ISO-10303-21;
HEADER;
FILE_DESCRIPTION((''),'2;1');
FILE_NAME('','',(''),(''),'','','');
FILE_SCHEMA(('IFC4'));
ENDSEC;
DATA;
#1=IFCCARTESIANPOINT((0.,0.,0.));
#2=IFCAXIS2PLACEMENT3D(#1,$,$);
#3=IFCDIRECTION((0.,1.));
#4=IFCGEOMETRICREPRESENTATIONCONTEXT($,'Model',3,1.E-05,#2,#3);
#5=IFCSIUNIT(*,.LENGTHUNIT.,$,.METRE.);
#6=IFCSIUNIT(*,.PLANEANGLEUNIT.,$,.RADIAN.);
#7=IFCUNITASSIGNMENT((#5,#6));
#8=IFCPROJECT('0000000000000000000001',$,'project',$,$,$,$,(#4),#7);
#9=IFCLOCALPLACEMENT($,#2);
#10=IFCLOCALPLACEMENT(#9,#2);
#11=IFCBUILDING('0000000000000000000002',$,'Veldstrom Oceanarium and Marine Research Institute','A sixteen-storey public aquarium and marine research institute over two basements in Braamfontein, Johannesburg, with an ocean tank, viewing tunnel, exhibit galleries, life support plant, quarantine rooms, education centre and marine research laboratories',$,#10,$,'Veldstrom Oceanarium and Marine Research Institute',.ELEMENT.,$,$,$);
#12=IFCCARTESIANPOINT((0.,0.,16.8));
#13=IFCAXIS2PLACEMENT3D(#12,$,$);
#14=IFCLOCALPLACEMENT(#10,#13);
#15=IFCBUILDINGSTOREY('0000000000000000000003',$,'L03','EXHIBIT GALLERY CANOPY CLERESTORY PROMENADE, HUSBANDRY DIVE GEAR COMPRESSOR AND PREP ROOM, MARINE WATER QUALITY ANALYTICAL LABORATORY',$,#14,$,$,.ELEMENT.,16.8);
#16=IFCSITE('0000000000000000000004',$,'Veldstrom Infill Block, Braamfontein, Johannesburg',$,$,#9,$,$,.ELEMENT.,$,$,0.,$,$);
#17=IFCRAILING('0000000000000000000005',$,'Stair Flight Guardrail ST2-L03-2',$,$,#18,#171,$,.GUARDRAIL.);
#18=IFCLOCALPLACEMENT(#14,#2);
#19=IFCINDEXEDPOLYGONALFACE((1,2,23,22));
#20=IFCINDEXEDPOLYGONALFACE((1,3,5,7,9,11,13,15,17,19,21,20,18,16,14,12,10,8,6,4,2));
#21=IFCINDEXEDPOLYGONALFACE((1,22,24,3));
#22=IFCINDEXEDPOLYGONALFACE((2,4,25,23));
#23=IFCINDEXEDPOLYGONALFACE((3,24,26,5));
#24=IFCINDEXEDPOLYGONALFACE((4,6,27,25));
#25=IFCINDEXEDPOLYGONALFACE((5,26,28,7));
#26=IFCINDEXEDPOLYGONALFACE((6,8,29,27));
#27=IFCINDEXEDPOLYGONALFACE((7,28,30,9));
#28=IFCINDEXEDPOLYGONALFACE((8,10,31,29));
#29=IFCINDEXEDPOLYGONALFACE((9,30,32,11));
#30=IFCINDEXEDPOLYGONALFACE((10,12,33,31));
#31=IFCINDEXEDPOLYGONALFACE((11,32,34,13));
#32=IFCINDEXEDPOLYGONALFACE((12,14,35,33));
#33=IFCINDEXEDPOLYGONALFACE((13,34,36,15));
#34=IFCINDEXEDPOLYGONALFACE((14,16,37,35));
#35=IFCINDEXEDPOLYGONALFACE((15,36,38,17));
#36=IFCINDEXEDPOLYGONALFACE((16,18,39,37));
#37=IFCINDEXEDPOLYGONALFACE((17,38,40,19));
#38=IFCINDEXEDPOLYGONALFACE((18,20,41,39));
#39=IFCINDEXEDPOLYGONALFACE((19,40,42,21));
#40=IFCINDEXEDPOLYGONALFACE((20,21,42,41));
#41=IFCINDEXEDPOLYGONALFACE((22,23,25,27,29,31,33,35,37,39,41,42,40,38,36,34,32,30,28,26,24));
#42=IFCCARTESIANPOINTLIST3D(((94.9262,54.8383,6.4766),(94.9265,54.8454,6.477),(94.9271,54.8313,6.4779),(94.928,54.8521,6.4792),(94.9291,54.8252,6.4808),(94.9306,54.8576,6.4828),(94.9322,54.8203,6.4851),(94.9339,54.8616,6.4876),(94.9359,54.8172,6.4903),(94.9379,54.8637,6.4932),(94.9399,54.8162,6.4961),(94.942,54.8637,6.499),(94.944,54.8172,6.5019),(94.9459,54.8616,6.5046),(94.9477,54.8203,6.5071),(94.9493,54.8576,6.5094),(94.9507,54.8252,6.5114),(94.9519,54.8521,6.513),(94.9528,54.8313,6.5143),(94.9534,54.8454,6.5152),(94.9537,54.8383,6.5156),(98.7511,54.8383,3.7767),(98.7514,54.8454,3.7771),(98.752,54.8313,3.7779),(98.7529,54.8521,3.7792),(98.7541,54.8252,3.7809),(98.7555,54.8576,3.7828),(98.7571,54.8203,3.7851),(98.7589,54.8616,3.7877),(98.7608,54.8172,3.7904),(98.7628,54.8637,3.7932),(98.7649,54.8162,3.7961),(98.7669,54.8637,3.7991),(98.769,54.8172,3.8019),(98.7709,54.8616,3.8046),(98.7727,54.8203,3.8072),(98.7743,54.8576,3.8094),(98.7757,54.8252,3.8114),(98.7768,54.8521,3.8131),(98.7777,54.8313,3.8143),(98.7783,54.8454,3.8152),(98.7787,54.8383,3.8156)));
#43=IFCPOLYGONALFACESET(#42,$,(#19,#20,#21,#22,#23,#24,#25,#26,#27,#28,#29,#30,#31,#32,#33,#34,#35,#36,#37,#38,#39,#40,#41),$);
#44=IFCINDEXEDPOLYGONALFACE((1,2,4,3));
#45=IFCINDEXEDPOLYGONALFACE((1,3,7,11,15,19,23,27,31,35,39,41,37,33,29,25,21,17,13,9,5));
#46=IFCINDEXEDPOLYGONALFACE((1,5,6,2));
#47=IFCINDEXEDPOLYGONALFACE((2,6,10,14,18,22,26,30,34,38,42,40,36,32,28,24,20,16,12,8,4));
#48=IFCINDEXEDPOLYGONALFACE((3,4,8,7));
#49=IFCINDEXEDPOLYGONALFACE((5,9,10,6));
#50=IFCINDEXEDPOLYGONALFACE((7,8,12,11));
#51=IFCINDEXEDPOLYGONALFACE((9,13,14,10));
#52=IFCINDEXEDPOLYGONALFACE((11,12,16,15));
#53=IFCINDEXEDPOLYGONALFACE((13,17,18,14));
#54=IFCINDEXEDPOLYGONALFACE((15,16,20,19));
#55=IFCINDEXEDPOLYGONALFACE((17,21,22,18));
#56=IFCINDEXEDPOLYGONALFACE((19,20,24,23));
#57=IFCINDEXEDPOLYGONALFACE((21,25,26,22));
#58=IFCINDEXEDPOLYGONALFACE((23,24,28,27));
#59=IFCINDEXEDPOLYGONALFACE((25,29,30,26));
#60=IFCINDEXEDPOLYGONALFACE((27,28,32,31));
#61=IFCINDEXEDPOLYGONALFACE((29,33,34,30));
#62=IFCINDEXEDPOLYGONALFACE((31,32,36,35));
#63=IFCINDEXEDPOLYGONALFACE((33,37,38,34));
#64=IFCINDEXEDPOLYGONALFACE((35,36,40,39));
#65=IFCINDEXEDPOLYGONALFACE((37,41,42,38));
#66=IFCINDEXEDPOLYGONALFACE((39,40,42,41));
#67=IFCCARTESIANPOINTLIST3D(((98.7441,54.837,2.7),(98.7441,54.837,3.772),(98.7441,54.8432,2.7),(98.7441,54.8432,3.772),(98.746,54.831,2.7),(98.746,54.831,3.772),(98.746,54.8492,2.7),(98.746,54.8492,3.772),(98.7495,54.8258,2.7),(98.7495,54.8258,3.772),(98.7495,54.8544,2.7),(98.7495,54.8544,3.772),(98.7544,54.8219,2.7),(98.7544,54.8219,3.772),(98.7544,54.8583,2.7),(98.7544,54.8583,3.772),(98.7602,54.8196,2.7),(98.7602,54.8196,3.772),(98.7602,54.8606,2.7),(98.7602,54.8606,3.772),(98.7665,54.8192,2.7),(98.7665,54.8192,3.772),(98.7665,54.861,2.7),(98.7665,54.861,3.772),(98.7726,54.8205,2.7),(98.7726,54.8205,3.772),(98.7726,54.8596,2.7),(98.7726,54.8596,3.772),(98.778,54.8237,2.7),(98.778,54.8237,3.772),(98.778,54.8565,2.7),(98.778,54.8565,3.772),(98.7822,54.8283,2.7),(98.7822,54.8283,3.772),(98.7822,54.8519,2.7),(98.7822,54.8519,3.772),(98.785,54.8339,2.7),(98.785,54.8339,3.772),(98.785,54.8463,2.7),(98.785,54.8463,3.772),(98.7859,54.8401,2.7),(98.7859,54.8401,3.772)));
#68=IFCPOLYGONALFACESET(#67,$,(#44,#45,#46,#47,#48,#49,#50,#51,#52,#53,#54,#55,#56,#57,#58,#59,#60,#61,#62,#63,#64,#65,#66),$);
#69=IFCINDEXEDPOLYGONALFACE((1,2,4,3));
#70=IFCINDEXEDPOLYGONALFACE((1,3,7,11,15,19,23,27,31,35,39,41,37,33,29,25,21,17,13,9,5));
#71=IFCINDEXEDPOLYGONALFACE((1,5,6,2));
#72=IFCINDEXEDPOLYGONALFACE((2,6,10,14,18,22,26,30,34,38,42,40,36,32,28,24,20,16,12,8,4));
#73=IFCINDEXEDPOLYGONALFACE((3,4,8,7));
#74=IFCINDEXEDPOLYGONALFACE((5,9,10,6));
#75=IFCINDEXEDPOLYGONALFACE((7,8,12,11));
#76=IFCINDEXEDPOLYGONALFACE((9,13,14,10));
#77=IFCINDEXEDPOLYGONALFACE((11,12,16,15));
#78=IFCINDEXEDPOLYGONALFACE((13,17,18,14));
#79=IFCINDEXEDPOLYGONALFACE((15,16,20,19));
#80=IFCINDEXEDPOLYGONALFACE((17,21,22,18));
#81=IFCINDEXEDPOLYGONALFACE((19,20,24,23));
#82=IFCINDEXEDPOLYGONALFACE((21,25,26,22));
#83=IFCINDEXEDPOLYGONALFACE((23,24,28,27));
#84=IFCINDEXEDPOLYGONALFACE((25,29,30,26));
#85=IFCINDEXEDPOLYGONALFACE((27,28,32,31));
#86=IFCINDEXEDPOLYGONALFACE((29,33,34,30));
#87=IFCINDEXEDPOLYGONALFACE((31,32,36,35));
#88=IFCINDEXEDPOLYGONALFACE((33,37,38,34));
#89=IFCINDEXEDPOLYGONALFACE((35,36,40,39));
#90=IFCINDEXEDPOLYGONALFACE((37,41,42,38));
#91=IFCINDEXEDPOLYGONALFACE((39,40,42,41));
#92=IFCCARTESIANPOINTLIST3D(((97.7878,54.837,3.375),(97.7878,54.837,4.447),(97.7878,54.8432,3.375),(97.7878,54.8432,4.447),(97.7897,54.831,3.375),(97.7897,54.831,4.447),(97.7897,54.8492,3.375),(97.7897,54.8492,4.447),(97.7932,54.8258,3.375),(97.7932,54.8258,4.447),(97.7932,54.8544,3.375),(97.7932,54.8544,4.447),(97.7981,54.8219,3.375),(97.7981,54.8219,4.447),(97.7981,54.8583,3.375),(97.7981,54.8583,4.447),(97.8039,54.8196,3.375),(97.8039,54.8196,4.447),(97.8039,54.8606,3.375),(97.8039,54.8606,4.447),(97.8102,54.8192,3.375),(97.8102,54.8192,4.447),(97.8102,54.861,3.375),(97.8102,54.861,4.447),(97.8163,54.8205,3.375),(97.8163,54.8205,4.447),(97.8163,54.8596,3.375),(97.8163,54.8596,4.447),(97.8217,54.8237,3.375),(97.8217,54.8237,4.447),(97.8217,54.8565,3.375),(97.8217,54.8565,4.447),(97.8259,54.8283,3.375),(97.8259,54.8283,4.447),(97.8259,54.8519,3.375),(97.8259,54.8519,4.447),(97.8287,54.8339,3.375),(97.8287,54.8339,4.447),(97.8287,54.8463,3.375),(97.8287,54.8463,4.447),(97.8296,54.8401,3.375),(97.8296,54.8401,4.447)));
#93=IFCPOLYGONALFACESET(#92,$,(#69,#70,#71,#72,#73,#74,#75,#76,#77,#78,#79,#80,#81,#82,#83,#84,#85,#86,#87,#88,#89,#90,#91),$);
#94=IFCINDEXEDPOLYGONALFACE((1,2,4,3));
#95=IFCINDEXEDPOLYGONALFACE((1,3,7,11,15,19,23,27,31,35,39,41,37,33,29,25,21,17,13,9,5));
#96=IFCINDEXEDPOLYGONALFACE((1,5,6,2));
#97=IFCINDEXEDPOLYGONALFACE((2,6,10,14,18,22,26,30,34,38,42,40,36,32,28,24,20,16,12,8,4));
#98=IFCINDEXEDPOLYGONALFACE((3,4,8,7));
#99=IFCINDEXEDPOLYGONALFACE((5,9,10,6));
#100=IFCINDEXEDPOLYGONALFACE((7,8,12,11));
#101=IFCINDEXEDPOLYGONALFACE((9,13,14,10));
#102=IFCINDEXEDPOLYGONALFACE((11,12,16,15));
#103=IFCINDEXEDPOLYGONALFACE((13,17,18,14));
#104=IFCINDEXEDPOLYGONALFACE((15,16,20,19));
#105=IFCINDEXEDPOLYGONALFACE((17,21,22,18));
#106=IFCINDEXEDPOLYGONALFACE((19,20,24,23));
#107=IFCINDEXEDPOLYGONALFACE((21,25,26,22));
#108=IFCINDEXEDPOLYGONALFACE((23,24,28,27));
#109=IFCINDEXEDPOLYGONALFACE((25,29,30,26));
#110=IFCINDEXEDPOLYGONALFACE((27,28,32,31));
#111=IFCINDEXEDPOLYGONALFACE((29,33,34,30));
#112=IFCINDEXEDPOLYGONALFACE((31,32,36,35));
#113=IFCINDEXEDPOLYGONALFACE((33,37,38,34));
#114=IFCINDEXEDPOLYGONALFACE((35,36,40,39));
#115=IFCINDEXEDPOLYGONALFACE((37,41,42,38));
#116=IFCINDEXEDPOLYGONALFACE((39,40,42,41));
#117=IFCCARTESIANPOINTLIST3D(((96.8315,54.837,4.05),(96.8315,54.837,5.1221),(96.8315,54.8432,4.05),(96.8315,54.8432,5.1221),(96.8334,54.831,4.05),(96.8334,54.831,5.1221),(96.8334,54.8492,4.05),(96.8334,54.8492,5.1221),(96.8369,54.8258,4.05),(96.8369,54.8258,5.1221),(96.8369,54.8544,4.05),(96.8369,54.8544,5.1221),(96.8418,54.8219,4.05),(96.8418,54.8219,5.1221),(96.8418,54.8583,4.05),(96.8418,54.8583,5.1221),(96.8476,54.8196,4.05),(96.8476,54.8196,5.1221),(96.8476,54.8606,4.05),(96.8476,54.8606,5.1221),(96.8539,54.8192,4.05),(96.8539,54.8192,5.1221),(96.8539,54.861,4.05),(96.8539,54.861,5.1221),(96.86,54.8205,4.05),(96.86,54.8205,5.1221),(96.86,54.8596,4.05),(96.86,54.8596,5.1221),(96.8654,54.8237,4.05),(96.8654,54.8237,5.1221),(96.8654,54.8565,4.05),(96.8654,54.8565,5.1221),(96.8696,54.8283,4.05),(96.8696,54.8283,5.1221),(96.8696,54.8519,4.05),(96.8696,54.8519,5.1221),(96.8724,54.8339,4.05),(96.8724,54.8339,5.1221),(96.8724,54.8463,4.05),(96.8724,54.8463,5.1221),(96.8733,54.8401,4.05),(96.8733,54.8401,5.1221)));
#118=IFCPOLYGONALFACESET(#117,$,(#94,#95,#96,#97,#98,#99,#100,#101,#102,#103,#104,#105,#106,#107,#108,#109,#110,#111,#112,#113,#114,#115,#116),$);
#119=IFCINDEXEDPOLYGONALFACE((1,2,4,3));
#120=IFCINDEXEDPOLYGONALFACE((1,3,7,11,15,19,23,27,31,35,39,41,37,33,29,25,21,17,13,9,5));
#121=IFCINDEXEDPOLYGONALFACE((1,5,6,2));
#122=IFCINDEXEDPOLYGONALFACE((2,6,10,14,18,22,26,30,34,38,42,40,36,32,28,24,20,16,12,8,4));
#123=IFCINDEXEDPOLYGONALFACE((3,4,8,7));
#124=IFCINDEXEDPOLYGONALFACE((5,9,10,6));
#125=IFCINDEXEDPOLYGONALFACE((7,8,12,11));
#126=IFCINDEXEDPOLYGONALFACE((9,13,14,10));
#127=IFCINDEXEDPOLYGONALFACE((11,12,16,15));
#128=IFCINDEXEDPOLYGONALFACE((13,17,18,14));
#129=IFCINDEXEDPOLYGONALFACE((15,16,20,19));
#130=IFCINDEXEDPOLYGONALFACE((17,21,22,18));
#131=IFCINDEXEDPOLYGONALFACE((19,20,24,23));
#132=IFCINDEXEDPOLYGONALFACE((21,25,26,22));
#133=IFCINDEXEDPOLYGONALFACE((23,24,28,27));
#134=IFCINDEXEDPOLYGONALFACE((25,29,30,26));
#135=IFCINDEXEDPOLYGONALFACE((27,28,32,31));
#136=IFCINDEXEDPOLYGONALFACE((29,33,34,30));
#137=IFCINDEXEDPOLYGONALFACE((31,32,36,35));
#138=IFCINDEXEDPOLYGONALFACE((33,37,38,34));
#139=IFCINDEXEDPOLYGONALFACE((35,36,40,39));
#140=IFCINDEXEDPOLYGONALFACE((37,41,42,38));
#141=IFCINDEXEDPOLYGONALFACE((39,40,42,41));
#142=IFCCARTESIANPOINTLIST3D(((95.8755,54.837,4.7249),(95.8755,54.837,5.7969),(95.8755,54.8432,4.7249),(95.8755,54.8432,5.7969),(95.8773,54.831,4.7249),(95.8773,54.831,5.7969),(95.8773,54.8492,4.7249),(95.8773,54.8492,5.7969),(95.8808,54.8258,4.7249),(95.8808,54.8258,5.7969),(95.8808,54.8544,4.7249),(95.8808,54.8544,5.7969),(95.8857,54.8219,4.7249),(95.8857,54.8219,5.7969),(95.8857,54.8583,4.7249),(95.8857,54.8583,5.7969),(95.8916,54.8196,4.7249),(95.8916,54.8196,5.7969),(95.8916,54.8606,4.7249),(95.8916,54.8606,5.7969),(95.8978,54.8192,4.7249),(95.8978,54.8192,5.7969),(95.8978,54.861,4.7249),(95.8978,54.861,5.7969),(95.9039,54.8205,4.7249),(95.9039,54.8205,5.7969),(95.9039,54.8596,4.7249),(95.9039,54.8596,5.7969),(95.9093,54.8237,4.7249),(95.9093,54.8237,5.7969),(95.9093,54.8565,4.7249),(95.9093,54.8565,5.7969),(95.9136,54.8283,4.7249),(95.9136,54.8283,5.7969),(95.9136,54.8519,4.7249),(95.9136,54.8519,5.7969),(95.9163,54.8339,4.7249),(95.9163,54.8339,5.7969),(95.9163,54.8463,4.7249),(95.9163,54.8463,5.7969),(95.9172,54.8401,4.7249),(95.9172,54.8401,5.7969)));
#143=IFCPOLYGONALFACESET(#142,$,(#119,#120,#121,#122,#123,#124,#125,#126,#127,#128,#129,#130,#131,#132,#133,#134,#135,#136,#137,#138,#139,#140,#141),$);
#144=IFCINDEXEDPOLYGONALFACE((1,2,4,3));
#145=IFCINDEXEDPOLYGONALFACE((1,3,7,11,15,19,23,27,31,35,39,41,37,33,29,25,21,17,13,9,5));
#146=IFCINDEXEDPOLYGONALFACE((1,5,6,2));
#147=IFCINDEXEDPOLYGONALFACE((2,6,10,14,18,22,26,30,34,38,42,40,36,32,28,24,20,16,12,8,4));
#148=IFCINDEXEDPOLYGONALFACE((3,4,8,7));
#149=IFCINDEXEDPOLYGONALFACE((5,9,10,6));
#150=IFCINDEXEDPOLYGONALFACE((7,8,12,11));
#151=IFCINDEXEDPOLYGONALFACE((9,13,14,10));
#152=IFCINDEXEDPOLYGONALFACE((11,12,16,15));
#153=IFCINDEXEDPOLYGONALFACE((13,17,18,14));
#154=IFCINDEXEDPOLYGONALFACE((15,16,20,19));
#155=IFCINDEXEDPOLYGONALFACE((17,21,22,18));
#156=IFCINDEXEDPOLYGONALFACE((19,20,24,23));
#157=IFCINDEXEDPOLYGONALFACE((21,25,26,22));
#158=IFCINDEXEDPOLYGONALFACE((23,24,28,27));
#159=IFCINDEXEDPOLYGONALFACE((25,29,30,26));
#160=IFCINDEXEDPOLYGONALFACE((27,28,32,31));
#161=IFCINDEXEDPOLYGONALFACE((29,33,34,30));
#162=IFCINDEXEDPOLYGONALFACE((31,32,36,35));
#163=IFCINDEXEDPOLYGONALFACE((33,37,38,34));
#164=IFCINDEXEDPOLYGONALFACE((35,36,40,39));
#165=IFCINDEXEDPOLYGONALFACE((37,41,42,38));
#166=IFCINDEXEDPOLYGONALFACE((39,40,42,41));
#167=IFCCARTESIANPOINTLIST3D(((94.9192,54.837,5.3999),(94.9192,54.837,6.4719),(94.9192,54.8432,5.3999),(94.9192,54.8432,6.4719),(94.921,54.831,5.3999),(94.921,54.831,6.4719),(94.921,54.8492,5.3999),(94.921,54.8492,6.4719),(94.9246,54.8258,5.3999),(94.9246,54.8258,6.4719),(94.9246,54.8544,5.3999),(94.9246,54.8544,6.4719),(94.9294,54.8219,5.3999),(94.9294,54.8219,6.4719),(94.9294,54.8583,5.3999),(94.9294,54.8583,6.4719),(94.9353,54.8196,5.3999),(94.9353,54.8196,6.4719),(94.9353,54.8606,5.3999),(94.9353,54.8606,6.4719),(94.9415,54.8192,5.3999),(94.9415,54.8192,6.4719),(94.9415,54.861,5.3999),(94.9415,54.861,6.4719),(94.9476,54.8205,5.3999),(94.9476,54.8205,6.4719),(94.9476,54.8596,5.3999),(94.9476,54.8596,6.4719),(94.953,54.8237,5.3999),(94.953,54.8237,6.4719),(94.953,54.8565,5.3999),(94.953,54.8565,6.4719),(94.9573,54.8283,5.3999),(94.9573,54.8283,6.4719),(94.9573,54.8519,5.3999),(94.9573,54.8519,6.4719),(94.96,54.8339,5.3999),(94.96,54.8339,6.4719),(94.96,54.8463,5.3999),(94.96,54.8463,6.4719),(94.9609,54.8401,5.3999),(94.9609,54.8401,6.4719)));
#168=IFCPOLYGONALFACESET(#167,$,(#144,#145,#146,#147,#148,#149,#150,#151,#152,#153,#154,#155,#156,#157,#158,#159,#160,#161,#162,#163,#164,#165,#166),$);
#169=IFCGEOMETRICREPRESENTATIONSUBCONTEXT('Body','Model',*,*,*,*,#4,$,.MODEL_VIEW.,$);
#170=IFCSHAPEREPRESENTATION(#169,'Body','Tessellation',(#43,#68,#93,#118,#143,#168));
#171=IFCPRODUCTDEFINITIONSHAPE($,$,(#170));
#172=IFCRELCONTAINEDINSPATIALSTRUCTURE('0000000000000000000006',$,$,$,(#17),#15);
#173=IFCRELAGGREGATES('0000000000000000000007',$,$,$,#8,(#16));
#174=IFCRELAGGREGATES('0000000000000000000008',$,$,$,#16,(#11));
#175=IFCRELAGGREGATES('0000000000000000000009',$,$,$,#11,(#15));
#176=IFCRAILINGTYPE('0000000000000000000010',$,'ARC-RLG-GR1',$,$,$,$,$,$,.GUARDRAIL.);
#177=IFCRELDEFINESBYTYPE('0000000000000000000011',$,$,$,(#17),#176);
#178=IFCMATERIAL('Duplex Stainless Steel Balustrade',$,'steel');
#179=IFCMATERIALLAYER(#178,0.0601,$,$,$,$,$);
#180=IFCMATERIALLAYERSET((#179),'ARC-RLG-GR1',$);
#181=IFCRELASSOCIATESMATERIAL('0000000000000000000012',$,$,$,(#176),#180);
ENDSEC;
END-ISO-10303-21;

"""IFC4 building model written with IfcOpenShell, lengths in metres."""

from ifc_helpers import new_model, si_unit, direction, frame, origin, origin_2d, place, context, subcontext, project, spatial, circle, extrude, material, layer, layer_set, type_object, element, save


model = new_model("IFC4")

# Units and contexts
model_context = context("Model", 3, precision=1e-05, world=origin(), true_north=direction((0.0, 1.0)))
body_context = subcontext(model_context, "Body", "Model", "MODEL_VIEW")
ifc_project = project(units=[si_unit("LENGTHUNIT", "METRE"), si_unit("PLANEANGLEUNIT", "RADIAN")], contexts=[model_context])

# Site, building, storey
site_placement = place(None, origin())
site = spatial("IfcSite", under=ifc_project, at=site_placement, Name="Veldstrom Infill Block, Braamfontein, Johannesburg", CompositionType="ELEMENT", RefElevation=0.0)
building_placement = place(site_placement, origin())
building = spatial("IfcBuilding", under=site, at=building_placement, Name="Veldstrom Oceanarium and Marine Research Institute", Description="A sixteen-storey public aquarium and marine research institute over two basements in Braamfontein, Johannesburg, with an ocean tank, viewing tunnel, exhibit galleries, life support plant, quarantine rooms, education centre and marine research laboratories", LongName="Veldstrom Oceanarium and Marine Research Institute", CompositionType="ELEMENT")
storey_placement = place(building_placement, frame((0.0, 0.0, 16.8)))
storey = spatial("IfcBuildingStorey", under=building, at=storey_placement, Name="L03", Description="EXHIBIT GALLERY CANOPY CLERESTORY PROMENADE, HUSBANDRY DIVE GEAR COMPRESSOR AND PREP ROOM, MARINE WATER QUALITY ANALYTICAL LABORATORY", CompositionType="ELEMENT", Elevation=16.8)

# Railing
ifc_material_1 = material(Name="Duplex Stainless Steel Balustrade", Category="steel")
ifc_layer_1 = layer(ifc_material_1, 0.0601)
ifc_layer_set_1 = layer_set([ifc_layer_1], Name="ARC-RLG-GR1")
railing_type_1 = type_object("IfcRailingType", Name="ARC-RLG-GR1", PredefinedType="GUARDRAIL", material=ifc_layer_set_1)
railing_1_placement = place(storey_placement, frame((98.7649, 54.8401, 2.7)))
element("IfcRailing", 1, at=railing_1_placement, inside=storey, type_object=railing_type_1, Name="Stair Flight Guardrail ST2-L03-2", PredefinedType="GUARDRAIL", context=body_context, shape_type="SweptSolid", body=[
    extrude(circle(Radius=0.0239, at=origin_2d()), frame((0.0, 0.0, 1.0962), z_axis=(-0.816969, 0.0, 0.576681), x_axis=(0.0, -1.0, 0.0)), (0.0, 0.0, 1.0), 4.6819),
    extrude(circle(Radius=0.021, at=origin_2d()), origin(), (0.0, 0.0, 1.0), 1.072),
    extrude(circle(Radius=0.021, at=origin_2d()), frame((-0.9563, 0.0, 0.675)), (0.0, 0.0, 1.0), 1.072),
    extrude(circle(Radius=0.021, at=origin_2d()), frame((-1.9126, 0.0, 1.3501)), (0.0, 0.0, 1.0), 1.072),
    extrude(circle(Radius=0.021, at=origin_2d()), frame((-2.8687, 0.0, 2.0249)), (0.0, 0.0, 1.0), 1.072),
    extrude(circle(Radius=0.021, at=origin_2d()), frame((-3.825, 0.0, 2.7)), (0.0, 0.0, 1.0), 1.072),
])

save(model, "model.ifc")
